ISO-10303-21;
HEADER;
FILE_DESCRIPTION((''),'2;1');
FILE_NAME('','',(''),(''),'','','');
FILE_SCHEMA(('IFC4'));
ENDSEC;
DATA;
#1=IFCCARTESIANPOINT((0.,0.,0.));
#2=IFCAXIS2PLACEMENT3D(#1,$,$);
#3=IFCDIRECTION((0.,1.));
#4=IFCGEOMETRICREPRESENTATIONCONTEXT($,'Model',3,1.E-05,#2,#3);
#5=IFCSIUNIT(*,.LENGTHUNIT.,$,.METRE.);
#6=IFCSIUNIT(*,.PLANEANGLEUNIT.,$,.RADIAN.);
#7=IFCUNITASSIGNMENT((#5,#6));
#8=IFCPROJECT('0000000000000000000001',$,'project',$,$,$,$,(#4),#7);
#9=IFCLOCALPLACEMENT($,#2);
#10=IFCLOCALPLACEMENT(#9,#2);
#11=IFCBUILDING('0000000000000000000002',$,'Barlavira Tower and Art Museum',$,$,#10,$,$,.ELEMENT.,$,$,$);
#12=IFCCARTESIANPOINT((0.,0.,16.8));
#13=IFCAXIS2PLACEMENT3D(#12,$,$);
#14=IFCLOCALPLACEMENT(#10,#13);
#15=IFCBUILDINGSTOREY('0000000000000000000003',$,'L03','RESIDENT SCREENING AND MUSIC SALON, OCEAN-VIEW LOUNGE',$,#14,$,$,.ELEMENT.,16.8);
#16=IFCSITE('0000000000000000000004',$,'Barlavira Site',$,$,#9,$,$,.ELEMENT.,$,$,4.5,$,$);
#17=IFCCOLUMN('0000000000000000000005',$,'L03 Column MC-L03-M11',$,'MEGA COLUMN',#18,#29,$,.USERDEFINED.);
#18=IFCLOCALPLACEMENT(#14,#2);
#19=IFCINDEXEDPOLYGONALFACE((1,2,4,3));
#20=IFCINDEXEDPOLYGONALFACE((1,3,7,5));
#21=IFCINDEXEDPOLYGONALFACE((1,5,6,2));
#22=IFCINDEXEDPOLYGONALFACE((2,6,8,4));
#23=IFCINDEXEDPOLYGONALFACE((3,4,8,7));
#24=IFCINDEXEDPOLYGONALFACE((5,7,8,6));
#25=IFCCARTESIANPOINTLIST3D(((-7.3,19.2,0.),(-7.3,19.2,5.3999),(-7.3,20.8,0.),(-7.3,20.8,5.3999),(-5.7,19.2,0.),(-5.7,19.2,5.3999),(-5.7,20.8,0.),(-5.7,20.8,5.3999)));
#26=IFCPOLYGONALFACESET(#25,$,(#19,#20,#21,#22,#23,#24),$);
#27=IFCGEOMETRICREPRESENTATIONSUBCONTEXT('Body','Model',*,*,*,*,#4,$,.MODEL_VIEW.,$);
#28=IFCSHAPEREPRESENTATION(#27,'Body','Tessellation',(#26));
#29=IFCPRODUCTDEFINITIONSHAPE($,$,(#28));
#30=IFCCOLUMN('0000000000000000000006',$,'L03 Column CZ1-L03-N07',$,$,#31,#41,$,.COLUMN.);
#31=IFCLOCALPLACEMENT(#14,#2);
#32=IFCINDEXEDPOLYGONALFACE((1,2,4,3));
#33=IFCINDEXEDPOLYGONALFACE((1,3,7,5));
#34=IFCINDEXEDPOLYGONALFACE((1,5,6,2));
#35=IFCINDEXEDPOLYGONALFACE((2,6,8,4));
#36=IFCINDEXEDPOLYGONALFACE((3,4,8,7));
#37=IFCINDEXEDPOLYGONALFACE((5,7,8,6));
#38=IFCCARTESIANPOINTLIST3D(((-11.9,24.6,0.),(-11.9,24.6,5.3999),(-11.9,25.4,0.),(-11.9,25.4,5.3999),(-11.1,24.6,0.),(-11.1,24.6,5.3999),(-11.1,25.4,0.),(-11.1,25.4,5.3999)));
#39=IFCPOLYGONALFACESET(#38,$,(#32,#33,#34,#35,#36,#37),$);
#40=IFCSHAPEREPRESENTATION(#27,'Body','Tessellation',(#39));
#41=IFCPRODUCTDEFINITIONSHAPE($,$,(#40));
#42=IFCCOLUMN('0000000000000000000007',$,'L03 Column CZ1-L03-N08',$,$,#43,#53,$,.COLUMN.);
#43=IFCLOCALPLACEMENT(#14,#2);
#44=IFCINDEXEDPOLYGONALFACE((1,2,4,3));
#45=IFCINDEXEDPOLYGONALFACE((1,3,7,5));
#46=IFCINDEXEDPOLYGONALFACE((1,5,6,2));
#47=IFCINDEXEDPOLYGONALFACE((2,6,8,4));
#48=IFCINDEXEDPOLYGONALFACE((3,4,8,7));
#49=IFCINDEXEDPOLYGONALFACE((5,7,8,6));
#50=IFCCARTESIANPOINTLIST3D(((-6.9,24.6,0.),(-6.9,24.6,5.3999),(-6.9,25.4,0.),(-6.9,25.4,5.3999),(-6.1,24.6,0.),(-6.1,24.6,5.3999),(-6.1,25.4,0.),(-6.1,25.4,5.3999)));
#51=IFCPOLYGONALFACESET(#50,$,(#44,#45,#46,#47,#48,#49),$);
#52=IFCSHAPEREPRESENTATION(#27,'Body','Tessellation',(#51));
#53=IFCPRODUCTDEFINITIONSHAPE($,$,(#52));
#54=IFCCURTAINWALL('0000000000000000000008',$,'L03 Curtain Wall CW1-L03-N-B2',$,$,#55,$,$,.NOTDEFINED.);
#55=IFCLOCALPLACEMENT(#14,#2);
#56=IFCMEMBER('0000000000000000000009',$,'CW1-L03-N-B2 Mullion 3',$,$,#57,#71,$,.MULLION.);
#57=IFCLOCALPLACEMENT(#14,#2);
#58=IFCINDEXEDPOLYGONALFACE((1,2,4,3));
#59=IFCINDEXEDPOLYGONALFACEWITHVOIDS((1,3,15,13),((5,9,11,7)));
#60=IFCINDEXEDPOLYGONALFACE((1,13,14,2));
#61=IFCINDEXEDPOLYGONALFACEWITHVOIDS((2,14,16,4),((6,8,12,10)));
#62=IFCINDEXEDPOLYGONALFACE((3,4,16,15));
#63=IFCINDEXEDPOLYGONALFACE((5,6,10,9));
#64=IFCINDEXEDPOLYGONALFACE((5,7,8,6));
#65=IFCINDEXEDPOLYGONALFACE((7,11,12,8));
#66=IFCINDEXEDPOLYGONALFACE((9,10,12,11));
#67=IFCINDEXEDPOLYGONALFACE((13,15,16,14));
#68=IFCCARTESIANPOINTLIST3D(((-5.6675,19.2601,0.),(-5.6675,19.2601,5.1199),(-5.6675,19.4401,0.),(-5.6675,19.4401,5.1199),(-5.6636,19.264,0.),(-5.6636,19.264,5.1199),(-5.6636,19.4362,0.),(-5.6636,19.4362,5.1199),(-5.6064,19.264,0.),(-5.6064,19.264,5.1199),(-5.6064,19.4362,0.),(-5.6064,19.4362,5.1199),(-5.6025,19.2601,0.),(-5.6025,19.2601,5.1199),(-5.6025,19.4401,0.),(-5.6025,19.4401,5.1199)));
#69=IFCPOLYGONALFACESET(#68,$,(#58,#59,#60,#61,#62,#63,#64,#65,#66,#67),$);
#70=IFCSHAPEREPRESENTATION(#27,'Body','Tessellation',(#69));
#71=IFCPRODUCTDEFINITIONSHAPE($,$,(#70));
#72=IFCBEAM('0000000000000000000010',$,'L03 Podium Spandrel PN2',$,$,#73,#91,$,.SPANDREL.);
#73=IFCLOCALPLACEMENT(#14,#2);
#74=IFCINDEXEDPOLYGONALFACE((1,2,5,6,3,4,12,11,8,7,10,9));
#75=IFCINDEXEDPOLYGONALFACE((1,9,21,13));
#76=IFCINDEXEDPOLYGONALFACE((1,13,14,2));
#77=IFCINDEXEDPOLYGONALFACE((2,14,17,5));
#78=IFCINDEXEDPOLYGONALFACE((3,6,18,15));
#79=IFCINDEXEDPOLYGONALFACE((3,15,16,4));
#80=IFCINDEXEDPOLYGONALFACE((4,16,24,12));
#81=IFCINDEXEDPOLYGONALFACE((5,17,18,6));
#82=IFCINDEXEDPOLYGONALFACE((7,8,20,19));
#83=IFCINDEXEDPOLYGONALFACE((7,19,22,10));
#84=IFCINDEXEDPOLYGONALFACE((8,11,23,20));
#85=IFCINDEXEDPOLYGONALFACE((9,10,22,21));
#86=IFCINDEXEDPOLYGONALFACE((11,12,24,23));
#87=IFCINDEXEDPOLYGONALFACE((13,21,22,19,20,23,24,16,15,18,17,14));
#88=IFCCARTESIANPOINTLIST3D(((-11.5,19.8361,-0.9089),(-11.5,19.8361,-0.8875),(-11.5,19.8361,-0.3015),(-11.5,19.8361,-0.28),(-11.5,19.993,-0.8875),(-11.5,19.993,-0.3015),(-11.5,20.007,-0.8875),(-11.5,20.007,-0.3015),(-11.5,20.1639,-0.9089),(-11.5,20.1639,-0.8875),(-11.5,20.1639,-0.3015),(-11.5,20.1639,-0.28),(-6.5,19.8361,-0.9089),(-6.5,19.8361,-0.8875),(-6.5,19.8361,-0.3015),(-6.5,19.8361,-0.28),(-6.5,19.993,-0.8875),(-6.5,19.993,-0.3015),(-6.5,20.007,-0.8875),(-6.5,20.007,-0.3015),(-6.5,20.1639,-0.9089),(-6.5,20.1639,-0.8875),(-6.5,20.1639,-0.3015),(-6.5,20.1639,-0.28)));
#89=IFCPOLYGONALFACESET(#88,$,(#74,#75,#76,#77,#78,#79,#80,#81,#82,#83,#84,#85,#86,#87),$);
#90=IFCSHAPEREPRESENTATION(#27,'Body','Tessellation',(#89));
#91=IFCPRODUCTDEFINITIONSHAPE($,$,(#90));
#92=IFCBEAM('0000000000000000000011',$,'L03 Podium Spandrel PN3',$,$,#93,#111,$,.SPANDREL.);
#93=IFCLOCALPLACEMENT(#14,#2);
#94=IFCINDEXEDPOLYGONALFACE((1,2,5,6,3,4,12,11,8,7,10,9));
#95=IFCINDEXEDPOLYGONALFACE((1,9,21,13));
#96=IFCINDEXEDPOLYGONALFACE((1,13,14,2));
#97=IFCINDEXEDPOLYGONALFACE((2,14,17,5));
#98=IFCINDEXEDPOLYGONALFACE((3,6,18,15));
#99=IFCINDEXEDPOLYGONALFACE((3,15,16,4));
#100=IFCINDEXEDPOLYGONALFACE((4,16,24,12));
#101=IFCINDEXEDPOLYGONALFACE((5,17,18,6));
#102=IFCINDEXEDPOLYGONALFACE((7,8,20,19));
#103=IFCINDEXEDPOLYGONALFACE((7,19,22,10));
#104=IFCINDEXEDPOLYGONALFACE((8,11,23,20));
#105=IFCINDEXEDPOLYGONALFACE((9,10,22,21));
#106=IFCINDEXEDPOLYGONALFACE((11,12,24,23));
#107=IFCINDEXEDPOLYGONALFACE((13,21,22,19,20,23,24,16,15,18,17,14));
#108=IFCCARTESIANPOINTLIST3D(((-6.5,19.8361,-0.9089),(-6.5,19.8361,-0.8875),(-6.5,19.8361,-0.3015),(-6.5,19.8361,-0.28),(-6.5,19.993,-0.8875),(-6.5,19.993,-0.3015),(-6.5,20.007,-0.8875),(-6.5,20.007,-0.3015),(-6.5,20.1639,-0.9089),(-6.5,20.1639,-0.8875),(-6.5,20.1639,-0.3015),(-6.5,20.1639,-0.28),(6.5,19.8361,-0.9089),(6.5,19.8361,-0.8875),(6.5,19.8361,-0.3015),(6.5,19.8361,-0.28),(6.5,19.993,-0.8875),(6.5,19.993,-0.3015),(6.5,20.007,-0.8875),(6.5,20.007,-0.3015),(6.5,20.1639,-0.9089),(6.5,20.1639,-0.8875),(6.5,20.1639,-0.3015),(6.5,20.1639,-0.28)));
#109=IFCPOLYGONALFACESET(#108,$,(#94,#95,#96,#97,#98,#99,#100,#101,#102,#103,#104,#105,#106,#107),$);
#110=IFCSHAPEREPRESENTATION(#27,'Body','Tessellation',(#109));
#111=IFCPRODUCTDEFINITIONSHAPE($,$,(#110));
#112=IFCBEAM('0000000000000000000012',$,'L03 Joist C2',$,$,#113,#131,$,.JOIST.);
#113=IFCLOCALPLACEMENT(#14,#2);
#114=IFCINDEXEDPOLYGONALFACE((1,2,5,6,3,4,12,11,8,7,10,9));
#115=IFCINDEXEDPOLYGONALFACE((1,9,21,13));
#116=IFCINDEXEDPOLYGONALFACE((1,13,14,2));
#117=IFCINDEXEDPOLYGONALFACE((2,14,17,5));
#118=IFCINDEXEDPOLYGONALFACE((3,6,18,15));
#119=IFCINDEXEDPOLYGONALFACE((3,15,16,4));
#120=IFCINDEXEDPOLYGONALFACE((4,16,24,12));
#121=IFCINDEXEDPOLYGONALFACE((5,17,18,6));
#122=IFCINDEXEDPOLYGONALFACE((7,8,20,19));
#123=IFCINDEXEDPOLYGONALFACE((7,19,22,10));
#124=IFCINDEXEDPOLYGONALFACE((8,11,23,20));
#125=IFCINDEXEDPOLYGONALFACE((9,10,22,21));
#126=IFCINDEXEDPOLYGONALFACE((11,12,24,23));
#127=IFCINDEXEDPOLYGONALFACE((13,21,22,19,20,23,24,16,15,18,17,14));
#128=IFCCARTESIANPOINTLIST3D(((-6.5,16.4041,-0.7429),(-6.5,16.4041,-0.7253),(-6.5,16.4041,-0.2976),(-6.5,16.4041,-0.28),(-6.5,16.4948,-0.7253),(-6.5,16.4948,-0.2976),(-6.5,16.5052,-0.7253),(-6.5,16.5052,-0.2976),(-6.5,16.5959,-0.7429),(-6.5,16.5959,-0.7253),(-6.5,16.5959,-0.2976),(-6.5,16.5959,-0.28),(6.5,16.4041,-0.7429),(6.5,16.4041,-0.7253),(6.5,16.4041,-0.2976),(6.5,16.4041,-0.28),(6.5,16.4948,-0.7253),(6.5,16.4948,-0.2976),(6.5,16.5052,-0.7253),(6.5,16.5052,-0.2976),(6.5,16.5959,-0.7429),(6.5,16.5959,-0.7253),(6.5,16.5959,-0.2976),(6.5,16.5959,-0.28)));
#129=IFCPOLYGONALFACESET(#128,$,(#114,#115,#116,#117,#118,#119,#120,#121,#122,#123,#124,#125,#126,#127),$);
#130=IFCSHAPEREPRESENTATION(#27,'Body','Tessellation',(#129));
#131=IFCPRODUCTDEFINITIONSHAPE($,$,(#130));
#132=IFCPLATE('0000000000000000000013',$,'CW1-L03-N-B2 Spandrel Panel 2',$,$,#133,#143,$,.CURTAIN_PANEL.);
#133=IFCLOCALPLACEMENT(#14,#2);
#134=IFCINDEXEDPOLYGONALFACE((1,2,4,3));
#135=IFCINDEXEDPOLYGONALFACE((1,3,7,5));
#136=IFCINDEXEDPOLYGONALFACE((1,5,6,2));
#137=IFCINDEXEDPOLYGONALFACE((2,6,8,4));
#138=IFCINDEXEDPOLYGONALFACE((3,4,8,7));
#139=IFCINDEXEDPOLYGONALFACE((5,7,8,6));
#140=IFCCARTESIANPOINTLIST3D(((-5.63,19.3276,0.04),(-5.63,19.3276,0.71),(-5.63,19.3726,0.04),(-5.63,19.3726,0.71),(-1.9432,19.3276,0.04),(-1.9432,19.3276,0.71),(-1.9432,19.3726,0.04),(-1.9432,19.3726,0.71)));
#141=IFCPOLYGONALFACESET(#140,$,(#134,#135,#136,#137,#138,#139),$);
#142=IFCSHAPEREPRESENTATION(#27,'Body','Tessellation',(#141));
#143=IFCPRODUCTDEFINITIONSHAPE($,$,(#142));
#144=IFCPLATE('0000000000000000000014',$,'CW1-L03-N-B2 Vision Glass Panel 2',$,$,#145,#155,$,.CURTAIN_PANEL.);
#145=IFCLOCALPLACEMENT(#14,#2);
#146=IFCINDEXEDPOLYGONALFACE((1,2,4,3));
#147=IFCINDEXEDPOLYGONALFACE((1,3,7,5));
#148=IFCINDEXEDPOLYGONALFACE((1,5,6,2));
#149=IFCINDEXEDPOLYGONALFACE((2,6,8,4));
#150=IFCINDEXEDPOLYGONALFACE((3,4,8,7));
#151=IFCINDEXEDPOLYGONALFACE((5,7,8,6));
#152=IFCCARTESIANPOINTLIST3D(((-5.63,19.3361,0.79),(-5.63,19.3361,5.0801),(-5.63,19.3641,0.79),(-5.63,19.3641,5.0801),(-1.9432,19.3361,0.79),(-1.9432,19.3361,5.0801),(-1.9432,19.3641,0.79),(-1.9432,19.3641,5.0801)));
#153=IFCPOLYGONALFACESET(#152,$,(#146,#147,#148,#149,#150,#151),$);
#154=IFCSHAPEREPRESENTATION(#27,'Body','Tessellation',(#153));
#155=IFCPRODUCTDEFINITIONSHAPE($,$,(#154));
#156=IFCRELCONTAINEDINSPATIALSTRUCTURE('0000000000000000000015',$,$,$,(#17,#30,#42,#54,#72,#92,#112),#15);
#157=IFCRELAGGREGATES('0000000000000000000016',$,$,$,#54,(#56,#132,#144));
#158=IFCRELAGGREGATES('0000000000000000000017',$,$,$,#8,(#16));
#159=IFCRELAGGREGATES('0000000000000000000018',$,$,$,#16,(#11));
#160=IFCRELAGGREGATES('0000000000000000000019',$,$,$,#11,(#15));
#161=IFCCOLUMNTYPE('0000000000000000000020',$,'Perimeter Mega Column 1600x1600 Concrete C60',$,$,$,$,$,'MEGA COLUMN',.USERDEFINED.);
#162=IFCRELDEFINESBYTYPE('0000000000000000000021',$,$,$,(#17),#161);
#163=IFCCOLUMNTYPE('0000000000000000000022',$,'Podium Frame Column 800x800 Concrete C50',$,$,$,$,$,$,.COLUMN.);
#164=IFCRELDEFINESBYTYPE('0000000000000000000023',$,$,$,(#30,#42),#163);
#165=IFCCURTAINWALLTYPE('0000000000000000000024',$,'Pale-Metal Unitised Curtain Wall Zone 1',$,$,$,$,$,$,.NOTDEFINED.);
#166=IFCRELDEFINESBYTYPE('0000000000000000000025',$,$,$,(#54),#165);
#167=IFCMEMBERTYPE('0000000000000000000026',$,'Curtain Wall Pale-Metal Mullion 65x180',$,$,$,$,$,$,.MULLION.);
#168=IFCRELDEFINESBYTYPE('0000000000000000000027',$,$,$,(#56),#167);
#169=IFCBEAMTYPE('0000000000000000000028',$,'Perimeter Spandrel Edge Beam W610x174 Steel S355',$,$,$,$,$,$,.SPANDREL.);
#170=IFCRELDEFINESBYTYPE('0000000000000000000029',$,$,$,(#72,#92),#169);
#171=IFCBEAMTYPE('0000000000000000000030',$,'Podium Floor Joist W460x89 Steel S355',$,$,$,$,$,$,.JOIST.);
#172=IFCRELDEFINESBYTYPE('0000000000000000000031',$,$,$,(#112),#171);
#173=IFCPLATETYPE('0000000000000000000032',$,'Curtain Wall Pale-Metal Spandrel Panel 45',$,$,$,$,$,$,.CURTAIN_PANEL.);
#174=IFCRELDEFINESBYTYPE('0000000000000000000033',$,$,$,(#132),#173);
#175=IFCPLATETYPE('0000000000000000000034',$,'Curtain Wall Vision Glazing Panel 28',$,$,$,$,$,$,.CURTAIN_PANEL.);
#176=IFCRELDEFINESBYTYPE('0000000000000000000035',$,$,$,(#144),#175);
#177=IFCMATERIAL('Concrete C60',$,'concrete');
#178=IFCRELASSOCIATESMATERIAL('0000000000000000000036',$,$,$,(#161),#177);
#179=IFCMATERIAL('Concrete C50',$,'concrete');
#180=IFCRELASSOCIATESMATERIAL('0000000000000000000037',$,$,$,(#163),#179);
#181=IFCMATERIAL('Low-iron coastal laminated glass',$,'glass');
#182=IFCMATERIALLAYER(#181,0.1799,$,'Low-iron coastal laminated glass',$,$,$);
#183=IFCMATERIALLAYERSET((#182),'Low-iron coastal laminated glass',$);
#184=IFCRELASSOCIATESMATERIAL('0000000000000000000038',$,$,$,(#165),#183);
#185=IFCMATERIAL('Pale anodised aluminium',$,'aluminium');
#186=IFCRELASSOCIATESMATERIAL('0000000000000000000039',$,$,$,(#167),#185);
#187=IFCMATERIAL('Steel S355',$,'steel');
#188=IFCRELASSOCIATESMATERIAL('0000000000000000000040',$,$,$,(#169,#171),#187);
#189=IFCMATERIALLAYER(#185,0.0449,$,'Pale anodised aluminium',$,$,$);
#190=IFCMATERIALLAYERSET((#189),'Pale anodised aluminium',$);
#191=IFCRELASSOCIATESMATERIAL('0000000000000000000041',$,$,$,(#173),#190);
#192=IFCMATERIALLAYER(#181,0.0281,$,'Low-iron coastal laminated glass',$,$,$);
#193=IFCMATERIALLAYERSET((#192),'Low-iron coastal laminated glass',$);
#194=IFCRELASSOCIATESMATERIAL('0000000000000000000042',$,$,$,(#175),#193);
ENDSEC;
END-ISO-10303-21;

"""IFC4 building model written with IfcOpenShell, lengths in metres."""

from ifc_helpers import new_model, si_unit, direction, frame, origin, origin_2d, place, context, subcontext, project, spatial, rectangle, hollow_rectangle, i_section, extrude, material, layer, layer_set, material_profile, profile_set, type_object, element, aggregate, save


model = new_model("IFC4")

# Units and contexts
model_context = context("Model", 3, precision=1e-05, world=origin(), true_north=direction((0.0, 1.0)))
body_context = subcontext(model_context, "Body", "Model", "MODEL_VIEW")
ifc_project = project(units=[si_unit("LENGTHUNIT", "METRE"), si_unit("PLANEANGLEUNIT", "RADIAN")], contexts=[model_context])

# Site, building, storey
site_placement = place(None, origin())
site = spatial("IfcSite", under=ifc_project, at=site_placement, Name="Barlavira Site", CompositionType="ELEMENT", RefElevation=4.5)
building_placement = place(site_placement, origin())
building = spatial("IfcBuilding", under=site, at=building_placement, Name="Barlavira Tower and Art Museum", CompositionType="ELEMENT")
storey_placement = place(building_placement, frame((0.0, 0.0, 16.8)))
storey = spatial("IfcBuildingStorey", under=building, at=storey_placement, Name="L03", Description="RESIDENT SCREENING AND MUSIC SALON, OCEAN-VIEW LOUNGE", CompositionType="ELEMENT", Elevation=16.8)

# Columns
ifc_material_1 = material(Name="Concrete C60", Category="concrete")
ifc_material_profile_1 = material_profile(ifc_material_1, rectangle(XDim=1.6001, YDim=1.6001, at=origin_2d()), Name="RC-MCOL 1600x1600")
ifc_profile_set_1 = profile_set([ifc_material_profile_1], Name="Concrete C60")
column_type_1 = type_object("IfcColumnType", Name="Perimeter Mega Column 1600x1600 Concrete C60", ElementType="MEGA COLUMN", PredefinedType="USERDEFINED", material=ifc_profile_set_1)
column_placement = place(storey_placement, frame((-6.5, 20.0, 0.0), z_axis=(0.0, 0.0, 1.0), x_axis=(1.0, 0.0, 0.0)))
element("IfcColumn", 1, at=column_placement, inside=storey, type_object=column_type_1, Name="L03 Column MC-L03-M11", ObjectType="MEGA COLUMN", PredefinedType="USERDEFINED", context=body_context, shape_type="SweptSolid", body=[
    extrude(rectangle(XDim=1.6001, YDim=1.6001, at=origin_2d()), origin(), (0.0, 0.0, 1.0), 5.3999),
])
ifc_material_2 = material(Name="Concrete C50", Category="concrete")
ifc_material_profile_2 = material_profile(ifc_material_2, rectangle(XDim=0.8, YDim=0.8, at=origin_2d()), Name="RC-COL 800x800")
ifc_profile_set_2 = profile_set([ifc_material_profile_2], Name="Concrete C50")
column_type_2 = type_object("IfcColumnType", Name="Podium Frame Column 800x800 Concrete C50", PredefinedType="COLUMN", material=ifc_profile_set_2)
for number, where, z_axis, x_axis, name in (
    (2, (-11.5, 25.0, 0.0), (0.0, 0.0, 1.0), (1.0, 0.0, 0.0), "L03 Column CZ1-L03-N07"),
    (3, (-6.5, 25.0, 0.0), (0.0, 0.0, 1.0), (1.0, 0.0, 0.0), "L03 Column CZ1-L03-N08"),
):
    element("IfcColumn", number, at=place(storey_placement, frame(where, z_axis=z_axis, x_axis=x_axis)), inside=storey, type_object=column_type_2, Name=name, PredefinedType="COLUMN", context=body_context, shape_type="SweptSolid", body=[
        extrude(rectangle(XDim=0.8, YDim=0.8, at=origin_2d()), origin(), (0.0, 0.0, 1.0), 5.3999),
    ])

# Curtain wall, member
ifc_material_3 = material(Name="Low-iron coastal laminated glass", Category="glass")
ifc_layer_1 = layer(ifc_material_3, 0.1799, Name="Low-iron coastal laminated glass")
ifc_layer_set_1 = layer_set([ifc_layer_1], Name="Low-iron coastal laminated glass")
curtain_wall_type = type_object("IfcCurtainWallType", Name="Pale-Metal Unitised Curtain Wall Zone 1", PredefinedType="NOTDEFINED", material=ifc_layer_set_1)
curtain_wall_placement = place(storey_placement, origin())
curtain_wall = element("IfcCurtainWall", 4, at=curtain_wall_placement, inside=storey, type_object=curtain_wall_type, Name="L03 Curtain Wall CW1-L03-N-B2", PredefinedType="NOTDEFINED")
ifc_material_4 = material(Name="Pale anodised aluminium", Category="aluminium")
ifc_material_profile_3 = material_profile(ifc_material_4, hollow_rectangle(XDim=0.0649, YDim=0.1799, WallThickness=0.0039, at=origin_2d()), Name="ALU-MULL 65x180x4")
ifc_profile_set_3 = profile_set([ifc_material_profile_3], Name="Pale anodised aluminium")
member_type = type_object("IfcMemberType", Name="Curtain Wall Pale-Metal Mullion 65x180", PredefinedType="MULLION", material=ifc_profile_set_3)
member_placement = place(storey_placement, frame((-5.635, 19.3501, 0.0), z_axis=(0.0, 0.0, 1.0), x_axis=(-1.0, 0.0, 0.0)))
member = element("IfcMember", 5, at=member_placement, type_object=member_type, Name="CW1-L03-N-B2 Mullion 3", PredefinedType="MULLION", context=body_context, shape_type="SweptSolid", body=[
    extrude(hollow_rectangle(XDim=0.0649, YDim=0.1799, WallThickness=0.0039, at=origin_2d()), origin(), (0.0, 0.0, 1.0), 5.1199),
])

# Beams
ifc_material_5 = material(Name="Steel S355", Category="steel")
ifc_material_profile_4 = material_profile(ifc_material_5, i_section(OverallWidth=0.3279, OverallDepth=0.6289, WebThickness=0.0139, FlangeThickness=0.0215, at=origin_2d()), Name="W610x174.0")
ifc_profile_set_4 = profile_set([ifc_material_profile_4], Name="Steel S355")
beam_type_1 = type_object("IfcBeamType", Name="Perimeter Spandrel Edge Beam W610x174 Steel S355", PredefinedType="SPANDREL", material=ifc_profile_set_4)
beam_1_placement = place(storey_placement, frame((-11.5, 20.0, -0.5945), z_axis=(1.0, 0.0, 0.0), x_axis=(0.0, 1.0, 0.0)))
element("IfcBeam", 6, at=beam_1_placement, inside=storey, type_object=beam_type_1, Name="L03 Podium Spandrel PN2", PredefinedType="SPANDREL", context=body_context, shape_type="SweptSolid", body=[
    extrude(i_section(OverallWidth=0.3279, OverallDepth=0.6289, WebThickness=0.0139, FlangeThickness=0.0215, at=origin_2d()), origin(), (0.0, 0.0, 1.0), 5.0),
])
beam_2_placement = place(storey_placement, frame((-6.5, 20.0, -0.5945), z_axis=(1.0, 0.0, 0.0), x_axis=(0.0, 1.0, 0.0)))
element("IfcBeam", 7, at=beam_2_placement, inside=storey, type_object=beam_type_1, Name="L03 Podium Spandrel PN3", PredefinedType="SPANDREL", context=body_context, shape_type="SweptSolid", body=[
    extrude(i_section(OverallWidth=0.3279, OverallDepth=0.6289, WebThickness=0.0139, FlangeThickness=0.0215, at=origin_2d()), origin(), (0.0, 0.0, 1.0), 13.0),
])
ifc_material_profile_5 = material_profile(ifc_material_5, i_section(OverallWidth=0.1919, OverallDepth=0.4629, WebThickness=0.0105, FlangeThickness=0.0176, at=origin_2d()), Name="W460x89.0")
ifc_profile_set_5 = profile_set([ifc_material_profile_5], Name="Steel S355")
beam_type_2 = type_object("IfcBeamType", Name="Podium Floor Joist W460x89 Steel S355", PredefinedType="JOIST", material=ifc_profile_set_5)
beam_3_placement = place(storey_placement, frame((-6.5, 16.5, -0.5115), z_axis=(1.0, 0.0, 0.0), x_axis=(0.0, 1.0, 0.0)))
element("IfcBeam", 8, at=beam_3_placement, inside=storey, type_object=beam_type_2, Name="L03 Joist C2", PredefinedType="JOIST", context=body_context, shape_type="SweptSolid", body=[
    extrude(i_section(OverallWidth=0.1919, OverallDepth=0.4629, WebThickness=0.0105, FlangeThickness=0.0176, at=origin_2d()), origin(), (0.0, 0.0, 1.0), 13.0),
])

# Plates
ifc_layer_2 = layer(ifc_material_4, 0.0449, Name="Pale anodised aluminium")
ifc_layer_set_2 = layer_set([ifc_layer_2], Name="Pale anodised aluminium")
plate_type_1 = type_object("IfcPlateType", Name="Curtain Wall Pale-Metal Spandrel Panel 45", PredefinedType="CURTAIN_PANEL", material=ifc_layer_set_2)
plate_1_placement = place(storey_placement, frame((-3.7866, 19.3501, 0.04), z_axis=(0.0, 0.0, 1.0), x_axis=(-1.0, 0.0, 0.0)))
plate_1 = element("IfcPlate", 9, at=plate_1_placement, type_object=plate_type_1, Name="CW1-L03-N-B2 Spandrel Panel 2", PredefinedType="CURTAIN_PANEL", context=body_context, shape_type="SweptSolid", body=[
    extrude(rectangle(XDim=3.6868, YDim=0.0449, at=origin_2d()), origin(), (0.0, 0.0, 1.0), 0.6699),
])
ifc_layer_3 = layer(ifc_material_3, 0.0281, Name="Low-iron coastal laminated glass")
ifc_layer_set_3 = layer_set([ifc_layer_3], Name="Low-iron coastal laminated glass")
plate_type_2 = type_object("IfcPlateType", Name="Curtain Wall Vision Glazing Panel 28", PredefinedType="CURTAIN_PANEL", material=ifc_layer_set_3)
plate_2_placement = place(storey_placement, frame((-3.7866, 19.3501, 0.79), z_axis=(0.0, 0.0, 1.0), x_axis=(-1.0, 0.0, 0.0)))
plate_2 = element("IfcPlate", 10, at=plate_2_placement, type_object=plate_type_2, Name="CW1-L03-N-B2 Vision Glass Panel 2", PredefinedType="CURTAIN_PANEL", context=body_context, shape_type="SweptSolid", body=[
    extrude(rectangle(XDim=3.6868, YDim=0.0281, at=origin_2d()), origin(), (0.0, 0.0, 1.0), 4.29),
])
aggregate(curtain_wall, [member, plate_1, plate_2])

save(model, "model.ifc")
